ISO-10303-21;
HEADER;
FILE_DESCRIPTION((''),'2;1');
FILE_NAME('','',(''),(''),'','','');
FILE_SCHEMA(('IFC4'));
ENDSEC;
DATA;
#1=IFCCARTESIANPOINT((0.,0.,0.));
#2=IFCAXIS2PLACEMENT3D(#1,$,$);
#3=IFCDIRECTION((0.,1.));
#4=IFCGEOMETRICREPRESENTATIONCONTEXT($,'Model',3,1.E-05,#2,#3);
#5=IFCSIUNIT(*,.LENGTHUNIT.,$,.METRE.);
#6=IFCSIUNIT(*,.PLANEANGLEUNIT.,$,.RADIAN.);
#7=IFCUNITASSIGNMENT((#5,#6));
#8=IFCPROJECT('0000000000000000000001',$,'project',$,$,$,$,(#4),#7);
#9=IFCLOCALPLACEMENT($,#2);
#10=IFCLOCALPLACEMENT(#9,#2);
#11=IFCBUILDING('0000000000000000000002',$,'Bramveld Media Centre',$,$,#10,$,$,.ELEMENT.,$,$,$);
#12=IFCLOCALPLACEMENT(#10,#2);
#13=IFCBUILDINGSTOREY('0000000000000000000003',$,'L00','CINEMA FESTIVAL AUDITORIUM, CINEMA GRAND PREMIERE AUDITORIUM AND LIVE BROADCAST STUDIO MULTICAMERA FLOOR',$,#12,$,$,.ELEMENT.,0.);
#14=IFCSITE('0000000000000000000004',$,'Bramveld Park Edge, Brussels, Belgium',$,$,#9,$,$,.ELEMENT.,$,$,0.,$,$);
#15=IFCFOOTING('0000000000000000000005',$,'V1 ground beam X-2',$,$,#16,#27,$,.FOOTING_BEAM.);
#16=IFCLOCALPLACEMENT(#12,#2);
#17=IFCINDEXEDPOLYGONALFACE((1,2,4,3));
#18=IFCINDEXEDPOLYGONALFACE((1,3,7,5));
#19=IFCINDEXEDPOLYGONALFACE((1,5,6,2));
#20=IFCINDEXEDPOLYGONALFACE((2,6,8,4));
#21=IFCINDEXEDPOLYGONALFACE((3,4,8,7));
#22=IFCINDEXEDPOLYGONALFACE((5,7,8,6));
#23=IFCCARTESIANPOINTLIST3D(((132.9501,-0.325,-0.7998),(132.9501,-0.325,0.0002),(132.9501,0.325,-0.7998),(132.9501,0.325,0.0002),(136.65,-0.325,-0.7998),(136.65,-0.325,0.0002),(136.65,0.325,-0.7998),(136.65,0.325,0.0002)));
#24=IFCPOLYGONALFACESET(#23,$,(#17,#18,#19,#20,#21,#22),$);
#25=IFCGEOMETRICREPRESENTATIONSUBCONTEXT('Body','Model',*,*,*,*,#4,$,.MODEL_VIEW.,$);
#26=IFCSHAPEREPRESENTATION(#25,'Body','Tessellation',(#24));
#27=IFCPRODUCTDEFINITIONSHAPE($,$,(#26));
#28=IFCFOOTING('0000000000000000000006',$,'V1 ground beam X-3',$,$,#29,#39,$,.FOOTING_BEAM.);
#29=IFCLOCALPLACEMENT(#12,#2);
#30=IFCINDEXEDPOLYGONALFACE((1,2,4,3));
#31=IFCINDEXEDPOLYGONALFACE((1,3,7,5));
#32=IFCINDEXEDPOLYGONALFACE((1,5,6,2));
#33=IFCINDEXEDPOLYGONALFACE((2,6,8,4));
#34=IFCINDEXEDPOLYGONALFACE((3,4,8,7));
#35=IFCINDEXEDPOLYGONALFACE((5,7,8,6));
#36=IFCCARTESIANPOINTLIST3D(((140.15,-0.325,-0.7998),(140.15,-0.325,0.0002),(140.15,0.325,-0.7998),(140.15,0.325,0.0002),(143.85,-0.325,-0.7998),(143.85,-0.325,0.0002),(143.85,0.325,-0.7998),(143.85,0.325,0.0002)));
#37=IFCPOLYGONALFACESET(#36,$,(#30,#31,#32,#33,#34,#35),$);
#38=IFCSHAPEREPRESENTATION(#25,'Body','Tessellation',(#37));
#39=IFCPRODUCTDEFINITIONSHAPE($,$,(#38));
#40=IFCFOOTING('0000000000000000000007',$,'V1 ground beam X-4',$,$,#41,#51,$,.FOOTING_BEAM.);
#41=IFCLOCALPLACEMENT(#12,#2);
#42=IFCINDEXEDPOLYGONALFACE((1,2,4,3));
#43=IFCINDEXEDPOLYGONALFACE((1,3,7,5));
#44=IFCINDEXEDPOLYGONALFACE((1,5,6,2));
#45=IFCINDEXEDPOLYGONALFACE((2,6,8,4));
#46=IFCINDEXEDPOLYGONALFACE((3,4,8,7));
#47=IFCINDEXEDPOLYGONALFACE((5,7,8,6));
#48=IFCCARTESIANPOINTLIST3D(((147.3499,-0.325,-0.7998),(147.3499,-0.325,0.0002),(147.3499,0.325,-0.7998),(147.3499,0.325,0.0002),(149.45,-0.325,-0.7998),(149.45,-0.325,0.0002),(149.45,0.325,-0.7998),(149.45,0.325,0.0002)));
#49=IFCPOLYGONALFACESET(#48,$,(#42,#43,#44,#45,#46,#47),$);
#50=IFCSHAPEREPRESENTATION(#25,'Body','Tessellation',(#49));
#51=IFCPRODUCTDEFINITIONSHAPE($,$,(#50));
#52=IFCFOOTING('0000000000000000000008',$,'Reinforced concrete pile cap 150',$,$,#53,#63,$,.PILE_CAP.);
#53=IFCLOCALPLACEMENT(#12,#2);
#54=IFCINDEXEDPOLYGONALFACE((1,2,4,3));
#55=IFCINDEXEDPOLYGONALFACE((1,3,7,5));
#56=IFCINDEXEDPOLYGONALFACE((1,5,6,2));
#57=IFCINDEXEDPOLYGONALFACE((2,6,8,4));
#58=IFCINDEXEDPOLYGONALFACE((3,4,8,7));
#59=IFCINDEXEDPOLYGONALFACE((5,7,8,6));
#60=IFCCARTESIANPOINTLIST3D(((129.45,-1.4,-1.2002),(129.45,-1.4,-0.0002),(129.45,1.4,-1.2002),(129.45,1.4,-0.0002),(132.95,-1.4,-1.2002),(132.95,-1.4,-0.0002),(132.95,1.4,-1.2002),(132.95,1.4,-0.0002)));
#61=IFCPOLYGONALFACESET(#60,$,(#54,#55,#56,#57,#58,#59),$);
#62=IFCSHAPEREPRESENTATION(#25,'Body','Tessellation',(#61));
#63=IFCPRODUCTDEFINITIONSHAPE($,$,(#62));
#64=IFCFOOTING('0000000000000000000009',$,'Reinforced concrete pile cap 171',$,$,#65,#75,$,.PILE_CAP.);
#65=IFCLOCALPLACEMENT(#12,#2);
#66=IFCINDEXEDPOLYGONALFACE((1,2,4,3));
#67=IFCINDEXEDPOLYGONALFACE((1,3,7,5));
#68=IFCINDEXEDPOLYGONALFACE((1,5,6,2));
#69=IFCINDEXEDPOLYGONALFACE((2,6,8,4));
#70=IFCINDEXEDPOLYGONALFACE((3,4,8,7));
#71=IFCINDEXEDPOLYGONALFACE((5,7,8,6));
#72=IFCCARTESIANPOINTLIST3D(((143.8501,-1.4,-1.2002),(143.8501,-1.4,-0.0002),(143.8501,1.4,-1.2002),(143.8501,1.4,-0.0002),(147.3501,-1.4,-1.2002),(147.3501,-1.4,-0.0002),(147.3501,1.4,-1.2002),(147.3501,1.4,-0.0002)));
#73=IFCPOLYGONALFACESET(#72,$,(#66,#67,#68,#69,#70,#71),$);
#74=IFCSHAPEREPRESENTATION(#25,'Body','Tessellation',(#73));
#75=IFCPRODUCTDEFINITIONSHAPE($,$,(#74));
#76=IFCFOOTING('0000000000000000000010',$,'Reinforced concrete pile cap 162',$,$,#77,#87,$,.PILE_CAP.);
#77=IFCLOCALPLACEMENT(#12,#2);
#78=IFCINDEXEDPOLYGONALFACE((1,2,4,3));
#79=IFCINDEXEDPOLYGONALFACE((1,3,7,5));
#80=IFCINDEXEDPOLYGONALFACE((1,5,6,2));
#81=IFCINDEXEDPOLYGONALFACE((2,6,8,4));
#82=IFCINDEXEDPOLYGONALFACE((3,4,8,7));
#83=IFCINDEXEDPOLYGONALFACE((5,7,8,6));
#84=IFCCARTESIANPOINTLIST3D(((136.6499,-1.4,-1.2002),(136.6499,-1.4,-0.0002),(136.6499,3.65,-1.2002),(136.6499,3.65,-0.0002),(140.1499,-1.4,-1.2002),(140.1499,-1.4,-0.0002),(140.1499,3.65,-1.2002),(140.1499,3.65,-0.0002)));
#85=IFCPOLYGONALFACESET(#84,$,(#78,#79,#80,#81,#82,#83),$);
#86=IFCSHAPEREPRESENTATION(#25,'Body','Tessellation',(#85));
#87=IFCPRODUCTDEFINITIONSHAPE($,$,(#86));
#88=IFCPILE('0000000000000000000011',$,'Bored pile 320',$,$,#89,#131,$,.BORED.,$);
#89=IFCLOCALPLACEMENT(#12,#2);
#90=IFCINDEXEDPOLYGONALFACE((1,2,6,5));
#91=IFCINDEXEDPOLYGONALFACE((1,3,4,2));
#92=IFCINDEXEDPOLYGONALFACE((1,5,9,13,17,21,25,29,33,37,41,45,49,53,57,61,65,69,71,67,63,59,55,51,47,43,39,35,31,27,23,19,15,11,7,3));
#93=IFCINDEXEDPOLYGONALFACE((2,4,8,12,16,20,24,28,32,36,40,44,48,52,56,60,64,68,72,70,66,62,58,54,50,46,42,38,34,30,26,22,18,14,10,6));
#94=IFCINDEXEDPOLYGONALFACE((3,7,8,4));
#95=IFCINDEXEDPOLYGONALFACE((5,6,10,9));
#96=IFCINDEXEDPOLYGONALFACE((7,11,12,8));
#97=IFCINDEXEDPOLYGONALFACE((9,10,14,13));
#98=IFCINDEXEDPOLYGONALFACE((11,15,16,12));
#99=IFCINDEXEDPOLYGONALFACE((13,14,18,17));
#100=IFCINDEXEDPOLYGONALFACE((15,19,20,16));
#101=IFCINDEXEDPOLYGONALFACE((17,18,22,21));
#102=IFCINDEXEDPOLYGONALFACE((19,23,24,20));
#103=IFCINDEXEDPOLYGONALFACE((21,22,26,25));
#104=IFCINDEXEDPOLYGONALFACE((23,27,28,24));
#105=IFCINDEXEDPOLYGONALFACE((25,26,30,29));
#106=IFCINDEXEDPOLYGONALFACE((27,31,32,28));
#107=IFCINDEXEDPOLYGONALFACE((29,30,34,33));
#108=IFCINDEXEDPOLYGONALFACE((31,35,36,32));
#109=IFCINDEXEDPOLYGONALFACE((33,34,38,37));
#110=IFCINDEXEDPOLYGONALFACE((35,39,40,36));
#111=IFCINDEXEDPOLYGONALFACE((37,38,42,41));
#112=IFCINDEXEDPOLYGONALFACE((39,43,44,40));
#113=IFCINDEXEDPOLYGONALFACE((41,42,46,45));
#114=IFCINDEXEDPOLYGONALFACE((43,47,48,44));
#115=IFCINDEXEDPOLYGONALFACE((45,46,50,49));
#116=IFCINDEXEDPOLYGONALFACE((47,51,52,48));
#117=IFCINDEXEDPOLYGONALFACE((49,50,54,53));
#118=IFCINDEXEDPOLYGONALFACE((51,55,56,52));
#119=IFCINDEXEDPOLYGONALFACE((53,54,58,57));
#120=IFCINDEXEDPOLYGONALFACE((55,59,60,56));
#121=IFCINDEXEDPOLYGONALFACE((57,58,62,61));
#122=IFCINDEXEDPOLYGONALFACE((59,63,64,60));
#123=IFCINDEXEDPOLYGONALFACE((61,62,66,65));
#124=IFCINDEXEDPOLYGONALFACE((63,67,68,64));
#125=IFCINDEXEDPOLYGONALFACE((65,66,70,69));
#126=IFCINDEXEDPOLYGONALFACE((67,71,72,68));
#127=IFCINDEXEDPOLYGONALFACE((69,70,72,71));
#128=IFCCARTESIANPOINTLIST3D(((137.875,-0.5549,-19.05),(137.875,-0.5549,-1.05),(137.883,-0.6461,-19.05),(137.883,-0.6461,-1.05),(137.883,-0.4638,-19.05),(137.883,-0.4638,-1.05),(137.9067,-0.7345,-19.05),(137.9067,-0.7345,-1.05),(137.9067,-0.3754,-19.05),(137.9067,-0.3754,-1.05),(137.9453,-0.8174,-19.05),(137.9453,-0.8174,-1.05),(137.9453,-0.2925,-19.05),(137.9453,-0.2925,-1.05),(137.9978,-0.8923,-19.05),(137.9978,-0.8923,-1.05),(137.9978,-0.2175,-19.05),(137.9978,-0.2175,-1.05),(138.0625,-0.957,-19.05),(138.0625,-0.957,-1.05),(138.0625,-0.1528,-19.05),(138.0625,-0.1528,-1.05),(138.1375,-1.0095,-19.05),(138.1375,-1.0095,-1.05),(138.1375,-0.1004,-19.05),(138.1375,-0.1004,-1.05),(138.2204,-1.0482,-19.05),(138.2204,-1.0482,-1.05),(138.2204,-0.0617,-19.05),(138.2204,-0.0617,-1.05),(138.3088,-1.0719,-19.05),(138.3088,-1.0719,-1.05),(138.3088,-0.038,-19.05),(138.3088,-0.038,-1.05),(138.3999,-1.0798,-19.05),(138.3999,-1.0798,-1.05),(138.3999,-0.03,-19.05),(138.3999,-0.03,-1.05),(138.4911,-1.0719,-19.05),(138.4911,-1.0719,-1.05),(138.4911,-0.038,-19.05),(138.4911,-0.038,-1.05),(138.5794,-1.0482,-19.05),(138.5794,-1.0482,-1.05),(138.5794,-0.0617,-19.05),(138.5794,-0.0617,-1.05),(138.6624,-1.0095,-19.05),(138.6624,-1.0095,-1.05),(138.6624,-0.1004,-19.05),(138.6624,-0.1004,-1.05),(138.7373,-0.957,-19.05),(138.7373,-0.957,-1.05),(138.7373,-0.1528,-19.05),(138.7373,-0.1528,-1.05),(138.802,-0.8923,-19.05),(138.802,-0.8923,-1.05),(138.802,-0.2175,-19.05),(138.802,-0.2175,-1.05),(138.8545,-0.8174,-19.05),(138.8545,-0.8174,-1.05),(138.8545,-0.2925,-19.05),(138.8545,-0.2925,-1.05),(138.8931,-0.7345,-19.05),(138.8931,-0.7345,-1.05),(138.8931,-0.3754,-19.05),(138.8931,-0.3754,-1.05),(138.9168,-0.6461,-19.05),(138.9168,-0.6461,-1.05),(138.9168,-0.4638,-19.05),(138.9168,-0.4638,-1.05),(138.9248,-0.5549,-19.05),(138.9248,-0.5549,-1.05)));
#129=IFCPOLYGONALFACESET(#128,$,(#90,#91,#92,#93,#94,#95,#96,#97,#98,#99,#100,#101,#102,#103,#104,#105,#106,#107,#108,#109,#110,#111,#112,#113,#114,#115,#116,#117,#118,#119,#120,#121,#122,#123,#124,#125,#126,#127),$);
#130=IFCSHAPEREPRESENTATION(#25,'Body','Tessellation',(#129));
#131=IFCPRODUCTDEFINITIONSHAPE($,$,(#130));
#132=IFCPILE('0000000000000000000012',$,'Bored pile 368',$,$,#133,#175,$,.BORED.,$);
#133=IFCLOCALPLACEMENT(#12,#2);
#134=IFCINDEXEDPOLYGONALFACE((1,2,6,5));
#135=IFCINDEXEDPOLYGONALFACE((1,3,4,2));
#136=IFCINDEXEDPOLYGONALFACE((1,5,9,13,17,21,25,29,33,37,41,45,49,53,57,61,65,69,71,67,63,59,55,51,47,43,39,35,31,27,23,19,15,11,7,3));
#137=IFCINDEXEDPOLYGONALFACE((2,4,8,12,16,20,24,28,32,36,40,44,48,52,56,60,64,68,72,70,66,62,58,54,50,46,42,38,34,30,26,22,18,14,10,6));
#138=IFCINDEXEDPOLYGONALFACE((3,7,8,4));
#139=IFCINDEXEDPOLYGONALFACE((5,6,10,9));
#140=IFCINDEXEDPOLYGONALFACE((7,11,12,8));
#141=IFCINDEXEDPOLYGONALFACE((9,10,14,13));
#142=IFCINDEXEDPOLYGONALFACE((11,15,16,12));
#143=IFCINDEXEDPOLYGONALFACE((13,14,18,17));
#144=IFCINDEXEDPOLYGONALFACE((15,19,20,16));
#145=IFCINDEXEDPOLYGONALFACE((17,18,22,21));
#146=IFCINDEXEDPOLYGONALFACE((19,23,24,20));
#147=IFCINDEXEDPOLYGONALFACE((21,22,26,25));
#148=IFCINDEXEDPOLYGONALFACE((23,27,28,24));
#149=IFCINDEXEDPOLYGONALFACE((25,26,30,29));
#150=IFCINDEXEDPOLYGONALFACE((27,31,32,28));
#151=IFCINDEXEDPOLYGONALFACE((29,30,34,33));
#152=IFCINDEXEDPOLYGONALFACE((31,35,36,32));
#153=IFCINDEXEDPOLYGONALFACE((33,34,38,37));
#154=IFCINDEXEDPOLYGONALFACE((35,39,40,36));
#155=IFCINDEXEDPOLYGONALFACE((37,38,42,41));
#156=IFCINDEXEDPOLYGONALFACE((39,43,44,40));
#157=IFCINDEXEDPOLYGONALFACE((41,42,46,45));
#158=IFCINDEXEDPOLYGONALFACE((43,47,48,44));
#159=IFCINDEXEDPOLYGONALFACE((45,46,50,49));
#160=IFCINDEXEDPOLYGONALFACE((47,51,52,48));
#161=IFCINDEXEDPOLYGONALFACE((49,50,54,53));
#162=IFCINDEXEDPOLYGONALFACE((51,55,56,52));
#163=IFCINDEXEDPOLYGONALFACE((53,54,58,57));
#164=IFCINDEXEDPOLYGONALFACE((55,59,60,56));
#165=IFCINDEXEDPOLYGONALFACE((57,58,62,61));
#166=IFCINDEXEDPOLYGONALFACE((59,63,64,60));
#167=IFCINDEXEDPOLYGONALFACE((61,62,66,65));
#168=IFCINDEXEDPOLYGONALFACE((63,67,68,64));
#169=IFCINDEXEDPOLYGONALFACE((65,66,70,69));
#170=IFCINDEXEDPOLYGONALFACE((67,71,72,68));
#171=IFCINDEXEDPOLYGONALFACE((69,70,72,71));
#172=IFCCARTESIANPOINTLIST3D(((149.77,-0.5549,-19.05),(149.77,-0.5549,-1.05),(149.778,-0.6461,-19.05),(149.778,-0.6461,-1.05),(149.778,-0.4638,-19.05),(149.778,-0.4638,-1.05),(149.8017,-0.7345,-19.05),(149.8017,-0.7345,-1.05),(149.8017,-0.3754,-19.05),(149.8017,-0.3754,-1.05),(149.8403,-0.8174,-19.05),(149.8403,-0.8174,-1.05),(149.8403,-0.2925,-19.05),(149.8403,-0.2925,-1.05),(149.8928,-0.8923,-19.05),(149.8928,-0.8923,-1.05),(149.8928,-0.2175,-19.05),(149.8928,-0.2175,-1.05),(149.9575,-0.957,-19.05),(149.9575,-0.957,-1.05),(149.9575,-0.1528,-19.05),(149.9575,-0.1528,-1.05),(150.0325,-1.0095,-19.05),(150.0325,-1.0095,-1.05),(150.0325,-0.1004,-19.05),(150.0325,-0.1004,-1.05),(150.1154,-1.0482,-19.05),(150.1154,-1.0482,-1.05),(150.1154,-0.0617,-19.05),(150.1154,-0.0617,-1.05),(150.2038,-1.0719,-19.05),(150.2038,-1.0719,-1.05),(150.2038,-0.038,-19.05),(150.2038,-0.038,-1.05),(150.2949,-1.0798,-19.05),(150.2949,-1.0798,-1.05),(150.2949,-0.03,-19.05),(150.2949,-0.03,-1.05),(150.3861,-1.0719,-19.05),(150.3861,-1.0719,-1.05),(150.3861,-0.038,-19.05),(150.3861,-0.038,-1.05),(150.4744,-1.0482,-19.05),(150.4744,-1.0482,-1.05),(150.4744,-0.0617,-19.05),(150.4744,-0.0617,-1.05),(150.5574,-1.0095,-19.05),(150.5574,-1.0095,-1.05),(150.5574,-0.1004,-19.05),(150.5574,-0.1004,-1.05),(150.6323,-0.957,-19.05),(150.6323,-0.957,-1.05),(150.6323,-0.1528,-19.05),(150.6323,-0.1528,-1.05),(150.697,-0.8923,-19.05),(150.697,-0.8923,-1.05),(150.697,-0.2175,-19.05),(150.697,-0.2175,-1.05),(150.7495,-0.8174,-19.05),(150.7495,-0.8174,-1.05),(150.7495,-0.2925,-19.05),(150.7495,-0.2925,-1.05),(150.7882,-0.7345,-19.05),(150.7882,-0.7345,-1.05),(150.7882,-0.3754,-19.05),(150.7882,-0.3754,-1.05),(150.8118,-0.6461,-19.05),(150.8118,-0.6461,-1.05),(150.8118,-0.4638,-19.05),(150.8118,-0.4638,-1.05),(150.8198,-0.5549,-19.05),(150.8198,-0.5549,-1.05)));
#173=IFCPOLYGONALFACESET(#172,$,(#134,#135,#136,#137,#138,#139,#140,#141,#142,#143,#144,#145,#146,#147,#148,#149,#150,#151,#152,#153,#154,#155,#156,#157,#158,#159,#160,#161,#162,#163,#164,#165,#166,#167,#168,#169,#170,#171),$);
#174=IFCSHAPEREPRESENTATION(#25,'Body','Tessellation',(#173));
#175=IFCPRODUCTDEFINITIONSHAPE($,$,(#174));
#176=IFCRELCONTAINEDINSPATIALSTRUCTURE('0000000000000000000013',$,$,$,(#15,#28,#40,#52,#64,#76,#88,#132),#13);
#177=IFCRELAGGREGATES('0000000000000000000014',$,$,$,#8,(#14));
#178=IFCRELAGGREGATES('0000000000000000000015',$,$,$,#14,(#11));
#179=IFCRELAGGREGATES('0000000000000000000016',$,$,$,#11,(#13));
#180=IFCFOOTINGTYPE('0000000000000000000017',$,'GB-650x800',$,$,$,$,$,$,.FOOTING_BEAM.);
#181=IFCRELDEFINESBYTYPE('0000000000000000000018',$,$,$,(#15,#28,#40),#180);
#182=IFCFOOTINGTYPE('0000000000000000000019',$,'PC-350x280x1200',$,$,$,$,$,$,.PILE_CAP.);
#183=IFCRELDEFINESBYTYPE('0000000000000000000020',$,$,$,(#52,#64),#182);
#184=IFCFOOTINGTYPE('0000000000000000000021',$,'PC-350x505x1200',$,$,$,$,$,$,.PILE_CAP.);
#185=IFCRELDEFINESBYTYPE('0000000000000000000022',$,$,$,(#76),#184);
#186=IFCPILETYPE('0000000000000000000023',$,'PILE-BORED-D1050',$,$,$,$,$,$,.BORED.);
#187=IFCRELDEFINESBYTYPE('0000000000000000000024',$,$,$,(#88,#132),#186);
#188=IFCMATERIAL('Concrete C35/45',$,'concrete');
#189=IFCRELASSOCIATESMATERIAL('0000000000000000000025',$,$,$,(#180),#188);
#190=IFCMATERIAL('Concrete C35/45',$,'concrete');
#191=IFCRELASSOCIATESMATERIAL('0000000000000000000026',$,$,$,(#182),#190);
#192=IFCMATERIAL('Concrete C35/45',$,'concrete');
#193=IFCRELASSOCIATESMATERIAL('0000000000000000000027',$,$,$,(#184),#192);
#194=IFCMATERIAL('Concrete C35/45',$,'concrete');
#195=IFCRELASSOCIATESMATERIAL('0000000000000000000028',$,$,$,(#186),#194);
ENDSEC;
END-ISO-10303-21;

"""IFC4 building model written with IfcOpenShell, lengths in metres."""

from ifc_helpers import new_model, si_unit, direction, frame, origin, origin_2d, place, context, subcontext, project, spatial, rectangle, circle, extrude, material, material_profile, profile_set, type_object, element, save


model = new_model("IFC4")

# Units and contexts
model_context = context("Model", 3, precision=1e-05, world=origin(), true_north=direction((0.0, 1.0)))
body_context = subcontext(model_context, "Body", "Model", "MODEL_VIEW")
ifc_project = project(units=[si_unit("LENGTHUNIT", "METRE"), si_unit("PLANEANGLEUNIT", "RADIAN")], contexts=[model_context])

# Site, building, storey
site_placement = place(None, origin())
site = spatial("IfcSite", under=ifc_project, at=site_placement, Name="Bramveld Park Edge, Brussels, Belgium", CompositionType="ELEMENT", RefElevation=0.0)
building_placement = place(site_placement, origin())
building = spatial("IfcBuilding", under=site, at=building_placement, Name="Bramveld Media Centre", CompositionType="ELEMENT")
storey_placement = place(building_placement, origin())
storey = spatial("IfcBuildingStorey", under=building, at=storey_placement, Name="L00", Description="CINEMA FESTIVAL AUDITORIUM, CINEMA GRAND PREMIERE AUDITORIUM AND LIVE BROADCAST STUDIO MULTICAMERA FLOOR", CompositionType="ELEMENT", Elevation=0.0)

# Footings
ifc_material_1 = material(Name="Concrete C35/45", Category="concrete")
footing_type_1 = type_object("IfcFootingType", Name="GB-650x800", PredefinedType="FOOTING_BEAM", material=ifc_material_1)
for number, where, z_axis, x_axis, name in (
    (1, (134.8, 0.0, -0.7998), (0.0, 0.0, 1.0), (1.0, 0.0, 0.0), "V1 ground beam X-2"),
    (2, (142.0, 0.0, -0.7998), (0.0, 0.0, 1.0), (1.0, 0.0, 0.0), "V1 ground beam X-3"),
):
    element("IfcFooting", number, at=place(storey_placement, frame(where, z_axis=z_axis, x_axis=x_axis)), inside=storey, type_object=footing_type_1, Name=name, PredefinedType="FOOTING_BEAM", context=body_context, shape_type="SweptSolid", body=[
        extrude(rectangle(XDim=3.7, YDim=0.6499, at=origin_2d()), origin(), (0.0, 0.0, 1.0), 0.8),
    ])
footing_1_placement = place(storey_placement, frame((148.3999, 0.0, -0.7998), z_axis=(0.0, 0.0, 1.0), x_axis=(1.0, 0.0, 0.0)))
element("IfcFooting", 3, at=footing_1_placement, inside=storey, type_object=footing_type_1, Name="V1 ground beam X-4", PredefinedType="FOOTING_BEAM", context=body_context, shape_type="SweptSolid", body=[
    extrude(rectangle(XDim=2.1001, YDim=0.6499, at=origin_2d()), origin(), (0.0, 0.0, 1.0), 0.8),
])
ifc_material_2 = material(Name="Concrete C35/45", Category="concrete")
footing_type_2 = type_object("IfcFootingType", Name="PC-350x280x1200", PredefinedType="PILE_CAP", material=ifc_material_2)
for number, where, z_axis, x_axis, name in (
    (4, (131.2, 0.0, -1.2002), (0.0, 0.0, 1.0), (1.0, 0.0, 0.0), "Reinforced concrete pile cap 150"),
    (5, (145.6001, 0.0, -1.2002), (0.0, 0.0, 1.0), (1.0, 0.0, 0.0), "Reinforced concrete pile cap 171"),
):
    element("IfcFooting", number, at=place(storey_placement, frame(where, z_axis=z_axis, x_axis=x_axis)), inside=storey, type_object=footing_type_2, Name=name, PredefinedType="PILE_CAP", context=body_context, shape_type="SweptSolid", body=[
        extrude(rectangle(XDim=3.5, YDim=2.8, at=origin_2d()), origin(), (0.0, 0.0, 1.0), 1.2),
    ])
ifc_material_3 = material(Name="Concrete C35/45", Category="concrete")
footing_type_3 = type_object("IfcFootingType", Name="PC-350x505x1200", PredefinedType="PILE_CAP", material=ifc_material_3)
footing_2_placement = place(storey_placement, frame((138.3999, 1.125, -1.2002), z_axis=(0.0, 0.0, 1.0), x_axis=(1.0, 0.0, 0.0)))
element("IfcFooting", 6, at=footing_2_placement, inside=storey, type_object=footing_type_3, Name="Reinforced concrete pile cap 162", PredefinedType="PILE_CAP", context=body_context, shape_type="SweptSolid", body=[
    extrude(rectangle(XDim=3.5, YDim=5.05, at=origin_2d()), origin(), (0.0, 0.0, 1.0), 1.2),
])

# Piles
ifc_material_4 = material(Name="Concrete C35/45", Category="concrete")
ifc_material_profile_1 = material_profile(ifc_material_4, circle(Radius=0.5249, at=origin_2d()), Name="BORED D1050")
ifc_profile_set_1 = profile_set([ifc_material_profile_1], Name="Concrete C35/45")
pile_type_1 = type_object("IfcPileType", Name="PILE-BORED-D1050", PredefinedType="BORED", material=ifc_profile_set_1)
for number, where, z_axis, x_axis, name in (
    (7, (138.3999, -0.5549, -1.05), (0.0, 0.0, -1.0), (1.0, 0.0, 0.0), "Bored pile 320"),
    (8, (150.2949, -0.5549, -1.05), (0.0, 0.0, -1.0), (1.0, 0.0, 0.0), "Bored pile 368"),
):
    element("IfcPile", number, at=place(storey_placement, frame(where, z_axis=z_axis, x_axis=x_axis)), inside=storey, type_object=pile_type_1, Name=name, PredefinedType="BORED", context=body_context, shape_type="SweptSolid", body=[
        extrude(circle(Radius=0.5249, at=origin_2d()), origin(), (0.0, 0.0, 1.0), 18.0),
    ])

save(model, "model.ifc")
